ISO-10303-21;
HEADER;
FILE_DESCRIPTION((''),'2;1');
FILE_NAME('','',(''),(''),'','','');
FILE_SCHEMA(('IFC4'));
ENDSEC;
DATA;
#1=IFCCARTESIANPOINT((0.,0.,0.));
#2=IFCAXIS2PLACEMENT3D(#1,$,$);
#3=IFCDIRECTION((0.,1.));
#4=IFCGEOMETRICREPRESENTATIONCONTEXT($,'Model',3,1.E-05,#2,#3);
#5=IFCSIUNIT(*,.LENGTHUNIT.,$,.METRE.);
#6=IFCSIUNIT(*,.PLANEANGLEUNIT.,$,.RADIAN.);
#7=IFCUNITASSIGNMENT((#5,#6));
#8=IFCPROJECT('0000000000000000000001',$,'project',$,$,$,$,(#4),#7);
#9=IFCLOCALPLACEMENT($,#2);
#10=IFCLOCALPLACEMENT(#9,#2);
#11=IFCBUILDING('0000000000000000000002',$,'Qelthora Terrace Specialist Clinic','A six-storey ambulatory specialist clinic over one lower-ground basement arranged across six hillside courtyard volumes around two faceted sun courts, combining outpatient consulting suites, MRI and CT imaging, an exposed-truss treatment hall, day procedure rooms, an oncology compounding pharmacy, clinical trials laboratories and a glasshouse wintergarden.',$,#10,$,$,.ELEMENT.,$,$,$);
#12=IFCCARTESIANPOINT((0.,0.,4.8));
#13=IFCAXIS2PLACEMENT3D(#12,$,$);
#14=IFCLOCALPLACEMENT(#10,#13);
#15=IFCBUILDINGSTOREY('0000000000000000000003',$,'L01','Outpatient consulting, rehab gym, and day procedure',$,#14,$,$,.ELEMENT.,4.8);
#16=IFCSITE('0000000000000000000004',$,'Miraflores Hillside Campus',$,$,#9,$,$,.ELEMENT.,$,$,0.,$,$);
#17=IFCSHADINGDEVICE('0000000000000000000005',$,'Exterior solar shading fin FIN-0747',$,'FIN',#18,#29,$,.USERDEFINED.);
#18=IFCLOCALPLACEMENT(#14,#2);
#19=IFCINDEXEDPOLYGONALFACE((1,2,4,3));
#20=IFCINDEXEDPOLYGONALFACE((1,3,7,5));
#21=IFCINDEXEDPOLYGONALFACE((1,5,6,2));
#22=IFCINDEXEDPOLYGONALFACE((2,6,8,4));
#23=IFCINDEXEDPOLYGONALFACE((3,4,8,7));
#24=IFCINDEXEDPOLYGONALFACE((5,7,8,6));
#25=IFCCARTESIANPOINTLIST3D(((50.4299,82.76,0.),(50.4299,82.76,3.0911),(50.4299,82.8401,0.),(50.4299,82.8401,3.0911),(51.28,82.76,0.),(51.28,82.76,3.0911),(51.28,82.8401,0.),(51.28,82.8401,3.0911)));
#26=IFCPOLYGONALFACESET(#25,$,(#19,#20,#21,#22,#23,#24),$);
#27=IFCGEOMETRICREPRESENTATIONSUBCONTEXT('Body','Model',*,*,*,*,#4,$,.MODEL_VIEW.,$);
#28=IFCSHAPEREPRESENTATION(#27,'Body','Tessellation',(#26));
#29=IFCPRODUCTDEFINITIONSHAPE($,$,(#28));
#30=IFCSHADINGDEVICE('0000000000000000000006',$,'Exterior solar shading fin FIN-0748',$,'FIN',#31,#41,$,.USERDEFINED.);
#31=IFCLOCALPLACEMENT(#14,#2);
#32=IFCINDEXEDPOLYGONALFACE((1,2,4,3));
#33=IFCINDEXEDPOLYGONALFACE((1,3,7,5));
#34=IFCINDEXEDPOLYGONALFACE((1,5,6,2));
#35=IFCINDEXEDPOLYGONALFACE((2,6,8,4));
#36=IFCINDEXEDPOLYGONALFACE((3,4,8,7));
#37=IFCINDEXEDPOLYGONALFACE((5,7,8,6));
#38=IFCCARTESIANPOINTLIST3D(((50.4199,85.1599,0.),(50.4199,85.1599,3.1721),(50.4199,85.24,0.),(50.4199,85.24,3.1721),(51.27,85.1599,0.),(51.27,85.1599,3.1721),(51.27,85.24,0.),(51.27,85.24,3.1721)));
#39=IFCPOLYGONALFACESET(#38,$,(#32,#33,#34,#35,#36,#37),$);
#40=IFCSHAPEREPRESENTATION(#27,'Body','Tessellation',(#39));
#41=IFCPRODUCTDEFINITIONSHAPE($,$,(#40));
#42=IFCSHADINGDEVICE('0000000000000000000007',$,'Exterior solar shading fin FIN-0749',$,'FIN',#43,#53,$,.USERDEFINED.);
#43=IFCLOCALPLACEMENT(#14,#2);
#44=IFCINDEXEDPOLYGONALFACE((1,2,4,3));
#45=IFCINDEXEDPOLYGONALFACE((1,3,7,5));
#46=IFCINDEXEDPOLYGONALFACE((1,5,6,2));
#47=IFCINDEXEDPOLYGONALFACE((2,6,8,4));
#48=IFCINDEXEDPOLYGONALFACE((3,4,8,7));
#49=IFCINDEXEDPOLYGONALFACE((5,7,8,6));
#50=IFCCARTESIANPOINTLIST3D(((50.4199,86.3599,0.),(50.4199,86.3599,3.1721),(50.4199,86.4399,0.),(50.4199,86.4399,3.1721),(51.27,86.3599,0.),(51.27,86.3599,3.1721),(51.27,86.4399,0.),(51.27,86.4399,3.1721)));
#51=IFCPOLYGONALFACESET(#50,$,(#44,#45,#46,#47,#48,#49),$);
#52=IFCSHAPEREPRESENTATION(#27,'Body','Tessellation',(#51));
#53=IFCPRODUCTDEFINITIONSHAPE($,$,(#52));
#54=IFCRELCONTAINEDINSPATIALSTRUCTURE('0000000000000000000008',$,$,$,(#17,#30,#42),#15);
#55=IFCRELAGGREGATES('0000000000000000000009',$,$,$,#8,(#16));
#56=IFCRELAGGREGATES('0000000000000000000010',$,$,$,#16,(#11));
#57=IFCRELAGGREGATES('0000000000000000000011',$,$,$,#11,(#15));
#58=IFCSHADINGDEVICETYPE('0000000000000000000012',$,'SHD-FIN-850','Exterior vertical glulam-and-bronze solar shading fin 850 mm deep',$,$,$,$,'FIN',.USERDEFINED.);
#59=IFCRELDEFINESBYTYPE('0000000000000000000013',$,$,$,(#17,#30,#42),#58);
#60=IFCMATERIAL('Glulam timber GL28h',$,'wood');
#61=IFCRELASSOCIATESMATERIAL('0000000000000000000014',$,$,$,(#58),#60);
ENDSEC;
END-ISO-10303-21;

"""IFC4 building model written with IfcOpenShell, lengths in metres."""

from ifc_helpers import new_model, si_unit, direction, frame, origin, origin_2d, place, context, subcontext, project, spatial, rectangle, extrude, material, type_object, element, save


model = new_model("IFC4")

# Units and contexts
model_context = context("Model", 3, precision=1e-05, world=origin(), true_north=direction((0.0, 1.0)))
body_context = subcontext(model_context, "Body", "Model", "MODEL_VIEW")
ifc_project = project(units=[si_unit("LENGTHUNIT", "METRE"), si_unit("PLANEANGLEUNIT", "RADIAN")], contexts=[model_context])

# Site, building, storey
site_placement = place(None, origin())
site = spatial("IfcSite", under=ifc_project, at=site_placement, Name="Miraflores Hillside Campus", CompositionType="ELEMENT", RefElevation=0.0)
building_placement = place(site_placement, origin())
building = spatial("IfcBuilding", under=site, at=building_placement, Name="Qelthora Terrace Specialist Clinic", Description="A six-storey ambulatory specialist clinic over one lower-ground basement arranged across six hillside courtyard volumes around two faceted sun courts, combining outpatient consulting suites, MRI and CT imaging, an exposed-truss treatment hall, day procedure rooms, an oncology compounding pharmacy, clinical trials laboratories and a glasshouse wintergarden.", CompositionType="ELEMENT")
storey_placement = place(building_placement, frame((0.0, 0.0, 4.8)))
storey = spatial("IfcBuildingStorey", under=building, at=storey_placement, Name="L01", Description="Outpatient consulting, rehab gym, and day procedure", CompositionType="ELEMENT", Elevation=4.8)

# Shading devices
ifc_material_1 = material(Name="Glulam timber GL28h", Category="wood")
shading_device_type = type_object("IfcShadingDeviceType", Name="SHD-FIN-850", Description="Exterior vertical glulam-and-bronze solar shading fin 850 mm deep", ElementType="FIN", PredefinedType="USERDEFINED", material=ifc_material_1)
for number, where, z_axis, x_axis, name in (
    (1, (50.855, 82.8, 0.0), (0.0, 0.0, 1.0), (1.0, 0.0, 0.0), "Exterior solar shading fin FIN-0747"),
):
    element("IfcShadingDevice", number, at=place(storey_placement, frame(where, z_axis=z_axis, x_axis=x_axis)), inside=storey, type_object=shading_device_type, Name=name, ObjectType="FIN", PredefinedType="USERDEFINED", context=body_context, shape_type="SweptSolid", body=[
        extrude(rectangle(XDim=0.8501, YDim=0.0801, at=origin_2d()), origin(), (0.0, 0.0, 1.0), 3.0911),
    ])
for number, where, z_axis, x_axis, name in (
    (2, (50.845, 85.2, 0.0), (0.0, 0.0, 1.0), (1.0, 0.0, 0.0), "Exterior solar shading fin FIN-0748"),
    (3, (50.845, 86.3999, 0.0), (0.0, 0.0, 1.0), (1.0, 0.0, 0.0), "Exterior solar shading fin FIN-0749"),
):
    element("IfcShadingDevice", number, at=place(storey_placement, frame(where, z_axis=z_axis, x_axis=x_axis)), inside=storey, type_object=shading_device_type, Name=name, ObjectType="FIN", PredefinedType="USERDEFINED", context=body_context, shape_type="SweptSolid", body=[
        extrude(rectangle(XDim=0.8501, YDim=0.0801, at=origin_2d()), origin(), (0.0, 0.0, 1.0), 3.1721),
    ])

save(model, "model.ifc")
